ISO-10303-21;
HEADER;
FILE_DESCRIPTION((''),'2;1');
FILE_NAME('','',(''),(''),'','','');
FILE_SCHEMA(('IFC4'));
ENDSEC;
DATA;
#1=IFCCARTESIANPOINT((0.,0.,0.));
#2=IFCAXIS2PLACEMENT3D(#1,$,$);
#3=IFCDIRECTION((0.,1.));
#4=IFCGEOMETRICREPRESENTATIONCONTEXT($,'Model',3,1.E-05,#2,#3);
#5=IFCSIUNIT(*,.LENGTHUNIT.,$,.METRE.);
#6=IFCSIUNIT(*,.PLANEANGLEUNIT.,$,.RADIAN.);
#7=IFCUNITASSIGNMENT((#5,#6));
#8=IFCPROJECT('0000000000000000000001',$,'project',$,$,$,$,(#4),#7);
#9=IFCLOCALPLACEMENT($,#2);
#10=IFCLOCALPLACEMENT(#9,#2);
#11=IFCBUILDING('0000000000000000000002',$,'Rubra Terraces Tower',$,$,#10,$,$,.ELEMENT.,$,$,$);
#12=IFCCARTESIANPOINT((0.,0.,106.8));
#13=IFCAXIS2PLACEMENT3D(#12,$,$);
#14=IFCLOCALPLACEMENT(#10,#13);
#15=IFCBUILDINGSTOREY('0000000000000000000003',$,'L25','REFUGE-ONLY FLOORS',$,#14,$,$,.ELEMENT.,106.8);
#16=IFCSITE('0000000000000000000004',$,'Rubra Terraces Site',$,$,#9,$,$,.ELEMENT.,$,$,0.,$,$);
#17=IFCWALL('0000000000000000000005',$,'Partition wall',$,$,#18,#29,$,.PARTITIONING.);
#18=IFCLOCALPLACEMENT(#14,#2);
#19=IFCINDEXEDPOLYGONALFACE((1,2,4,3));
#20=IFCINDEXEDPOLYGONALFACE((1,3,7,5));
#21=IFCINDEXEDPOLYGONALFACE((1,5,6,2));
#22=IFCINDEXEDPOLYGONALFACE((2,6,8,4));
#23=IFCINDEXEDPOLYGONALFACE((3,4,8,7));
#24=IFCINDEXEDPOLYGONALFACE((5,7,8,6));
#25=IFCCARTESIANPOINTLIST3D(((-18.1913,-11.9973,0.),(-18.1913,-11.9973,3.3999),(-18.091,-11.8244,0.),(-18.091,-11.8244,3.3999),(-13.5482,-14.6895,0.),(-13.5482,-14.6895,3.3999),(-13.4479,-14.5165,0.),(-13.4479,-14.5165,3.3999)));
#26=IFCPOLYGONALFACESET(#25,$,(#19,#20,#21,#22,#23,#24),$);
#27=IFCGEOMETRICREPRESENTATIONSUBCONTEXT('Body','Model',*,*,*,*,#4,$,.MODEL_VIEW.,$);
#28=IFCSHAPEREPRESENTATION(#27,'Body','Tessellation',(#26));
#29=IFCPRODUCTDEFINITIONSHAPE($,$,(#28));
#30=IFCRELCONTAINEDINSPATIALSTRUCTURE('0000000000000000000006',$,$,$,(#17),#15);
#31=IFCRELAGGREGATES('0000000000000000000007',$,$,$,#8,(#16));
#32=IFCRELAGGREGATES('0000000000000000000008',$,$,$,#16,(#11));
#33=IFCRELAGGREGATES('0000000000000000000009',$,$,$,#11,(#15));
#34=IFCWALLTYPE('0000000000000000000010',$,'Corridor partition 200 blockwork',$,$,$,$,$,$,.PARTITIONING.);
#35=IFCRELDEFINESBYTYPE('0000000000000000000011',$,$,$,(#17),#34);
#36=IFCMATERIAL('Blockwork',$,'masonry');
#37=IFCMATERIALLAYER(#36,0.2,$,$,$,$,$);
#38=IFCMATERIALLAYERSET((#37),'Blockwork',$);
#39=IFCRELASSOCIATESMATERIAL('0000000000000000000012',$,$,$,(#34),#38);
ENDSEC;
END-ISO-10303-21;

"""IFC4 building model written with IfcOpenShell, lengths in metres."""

from ifc_helpers import new_model, si_unit, direction, frame, frame_2d, origin, place, context, subcontext, project, spatial, rectangle, extrude, material, layer, layer_set, type_object, element, save


model = new_model("IFC4")

# Units and contexts
model_context = context("Model", 3, precision=1e-05, world=origin(), true_north=direction((0.0, 1.0)))
body_context = subcontext(model_context, "Body", "Model", "MODEL_VIEW")
ifc_project = project(units=[si_unit("LENGTHUNIT", "METRE"), si_unit("PLANEANGLEUNIT", "RADIAN")], contexts=[model_context])

# Site, building, storey
site_placement = place(None, origin())
site = spatial("IfcSite", under=ifc_project, at=site_placement, Name="Rubra Terraces Site", CompositionType="ELEMENT", RefElevation=0.0)
building_placement = place(site_placement, origin())
building = spatial("IfcBuilding", under=site, at=building_placement, Name="Rubra Terraces Tower", CompositionType="ELEMENT")
storey_placement = place(building_placement, frame((0.0, 0.0, 106.8)))
storey = spatial("IfcBuildingStorey", under=building, at=storey_placement, Name="L25", Description="REFUGE-ONLY FLOORS", CompositionType="ELEMENT", Elevation=106.8)

# Wall
ifc_material_1 = material(Name="Blockwork", Category="masonry")
ifc_layer_1 = layer(ifc_material_1, 0.2)
ifc_layer_set_1 = layer_set([ifc_layer_1], Name="Blockwork")
wall_type_1 = type_object("IfcWallType", Name="Corridor partition 200 blockwork", PredefinedType="PARTITIONING", material=ifc_layer_set_1)
wall_1_placement = place(storey_placement, frame((-13.498, -14.603, 0.0), z_axis=(0.0, 0.0, 1.0), x_axis=(-0.865099, 0.501601, 0.0)))
element("IfcWall", 1, at=wall_1_placement, inside=storey, type_object=wall_type_1, Name="Partition wall", PredefinedType="PARTITIONING", context=body_context, shape_type="SweptSolid", body=[
    extrude(rectangle(XDim=5.3672, YDim=0.2, at=frame_2d((2.6836, 0.0))), origin(), (0.0, 0.0, 1.0), 3.3999),
])

save(model, "model.ifc")
